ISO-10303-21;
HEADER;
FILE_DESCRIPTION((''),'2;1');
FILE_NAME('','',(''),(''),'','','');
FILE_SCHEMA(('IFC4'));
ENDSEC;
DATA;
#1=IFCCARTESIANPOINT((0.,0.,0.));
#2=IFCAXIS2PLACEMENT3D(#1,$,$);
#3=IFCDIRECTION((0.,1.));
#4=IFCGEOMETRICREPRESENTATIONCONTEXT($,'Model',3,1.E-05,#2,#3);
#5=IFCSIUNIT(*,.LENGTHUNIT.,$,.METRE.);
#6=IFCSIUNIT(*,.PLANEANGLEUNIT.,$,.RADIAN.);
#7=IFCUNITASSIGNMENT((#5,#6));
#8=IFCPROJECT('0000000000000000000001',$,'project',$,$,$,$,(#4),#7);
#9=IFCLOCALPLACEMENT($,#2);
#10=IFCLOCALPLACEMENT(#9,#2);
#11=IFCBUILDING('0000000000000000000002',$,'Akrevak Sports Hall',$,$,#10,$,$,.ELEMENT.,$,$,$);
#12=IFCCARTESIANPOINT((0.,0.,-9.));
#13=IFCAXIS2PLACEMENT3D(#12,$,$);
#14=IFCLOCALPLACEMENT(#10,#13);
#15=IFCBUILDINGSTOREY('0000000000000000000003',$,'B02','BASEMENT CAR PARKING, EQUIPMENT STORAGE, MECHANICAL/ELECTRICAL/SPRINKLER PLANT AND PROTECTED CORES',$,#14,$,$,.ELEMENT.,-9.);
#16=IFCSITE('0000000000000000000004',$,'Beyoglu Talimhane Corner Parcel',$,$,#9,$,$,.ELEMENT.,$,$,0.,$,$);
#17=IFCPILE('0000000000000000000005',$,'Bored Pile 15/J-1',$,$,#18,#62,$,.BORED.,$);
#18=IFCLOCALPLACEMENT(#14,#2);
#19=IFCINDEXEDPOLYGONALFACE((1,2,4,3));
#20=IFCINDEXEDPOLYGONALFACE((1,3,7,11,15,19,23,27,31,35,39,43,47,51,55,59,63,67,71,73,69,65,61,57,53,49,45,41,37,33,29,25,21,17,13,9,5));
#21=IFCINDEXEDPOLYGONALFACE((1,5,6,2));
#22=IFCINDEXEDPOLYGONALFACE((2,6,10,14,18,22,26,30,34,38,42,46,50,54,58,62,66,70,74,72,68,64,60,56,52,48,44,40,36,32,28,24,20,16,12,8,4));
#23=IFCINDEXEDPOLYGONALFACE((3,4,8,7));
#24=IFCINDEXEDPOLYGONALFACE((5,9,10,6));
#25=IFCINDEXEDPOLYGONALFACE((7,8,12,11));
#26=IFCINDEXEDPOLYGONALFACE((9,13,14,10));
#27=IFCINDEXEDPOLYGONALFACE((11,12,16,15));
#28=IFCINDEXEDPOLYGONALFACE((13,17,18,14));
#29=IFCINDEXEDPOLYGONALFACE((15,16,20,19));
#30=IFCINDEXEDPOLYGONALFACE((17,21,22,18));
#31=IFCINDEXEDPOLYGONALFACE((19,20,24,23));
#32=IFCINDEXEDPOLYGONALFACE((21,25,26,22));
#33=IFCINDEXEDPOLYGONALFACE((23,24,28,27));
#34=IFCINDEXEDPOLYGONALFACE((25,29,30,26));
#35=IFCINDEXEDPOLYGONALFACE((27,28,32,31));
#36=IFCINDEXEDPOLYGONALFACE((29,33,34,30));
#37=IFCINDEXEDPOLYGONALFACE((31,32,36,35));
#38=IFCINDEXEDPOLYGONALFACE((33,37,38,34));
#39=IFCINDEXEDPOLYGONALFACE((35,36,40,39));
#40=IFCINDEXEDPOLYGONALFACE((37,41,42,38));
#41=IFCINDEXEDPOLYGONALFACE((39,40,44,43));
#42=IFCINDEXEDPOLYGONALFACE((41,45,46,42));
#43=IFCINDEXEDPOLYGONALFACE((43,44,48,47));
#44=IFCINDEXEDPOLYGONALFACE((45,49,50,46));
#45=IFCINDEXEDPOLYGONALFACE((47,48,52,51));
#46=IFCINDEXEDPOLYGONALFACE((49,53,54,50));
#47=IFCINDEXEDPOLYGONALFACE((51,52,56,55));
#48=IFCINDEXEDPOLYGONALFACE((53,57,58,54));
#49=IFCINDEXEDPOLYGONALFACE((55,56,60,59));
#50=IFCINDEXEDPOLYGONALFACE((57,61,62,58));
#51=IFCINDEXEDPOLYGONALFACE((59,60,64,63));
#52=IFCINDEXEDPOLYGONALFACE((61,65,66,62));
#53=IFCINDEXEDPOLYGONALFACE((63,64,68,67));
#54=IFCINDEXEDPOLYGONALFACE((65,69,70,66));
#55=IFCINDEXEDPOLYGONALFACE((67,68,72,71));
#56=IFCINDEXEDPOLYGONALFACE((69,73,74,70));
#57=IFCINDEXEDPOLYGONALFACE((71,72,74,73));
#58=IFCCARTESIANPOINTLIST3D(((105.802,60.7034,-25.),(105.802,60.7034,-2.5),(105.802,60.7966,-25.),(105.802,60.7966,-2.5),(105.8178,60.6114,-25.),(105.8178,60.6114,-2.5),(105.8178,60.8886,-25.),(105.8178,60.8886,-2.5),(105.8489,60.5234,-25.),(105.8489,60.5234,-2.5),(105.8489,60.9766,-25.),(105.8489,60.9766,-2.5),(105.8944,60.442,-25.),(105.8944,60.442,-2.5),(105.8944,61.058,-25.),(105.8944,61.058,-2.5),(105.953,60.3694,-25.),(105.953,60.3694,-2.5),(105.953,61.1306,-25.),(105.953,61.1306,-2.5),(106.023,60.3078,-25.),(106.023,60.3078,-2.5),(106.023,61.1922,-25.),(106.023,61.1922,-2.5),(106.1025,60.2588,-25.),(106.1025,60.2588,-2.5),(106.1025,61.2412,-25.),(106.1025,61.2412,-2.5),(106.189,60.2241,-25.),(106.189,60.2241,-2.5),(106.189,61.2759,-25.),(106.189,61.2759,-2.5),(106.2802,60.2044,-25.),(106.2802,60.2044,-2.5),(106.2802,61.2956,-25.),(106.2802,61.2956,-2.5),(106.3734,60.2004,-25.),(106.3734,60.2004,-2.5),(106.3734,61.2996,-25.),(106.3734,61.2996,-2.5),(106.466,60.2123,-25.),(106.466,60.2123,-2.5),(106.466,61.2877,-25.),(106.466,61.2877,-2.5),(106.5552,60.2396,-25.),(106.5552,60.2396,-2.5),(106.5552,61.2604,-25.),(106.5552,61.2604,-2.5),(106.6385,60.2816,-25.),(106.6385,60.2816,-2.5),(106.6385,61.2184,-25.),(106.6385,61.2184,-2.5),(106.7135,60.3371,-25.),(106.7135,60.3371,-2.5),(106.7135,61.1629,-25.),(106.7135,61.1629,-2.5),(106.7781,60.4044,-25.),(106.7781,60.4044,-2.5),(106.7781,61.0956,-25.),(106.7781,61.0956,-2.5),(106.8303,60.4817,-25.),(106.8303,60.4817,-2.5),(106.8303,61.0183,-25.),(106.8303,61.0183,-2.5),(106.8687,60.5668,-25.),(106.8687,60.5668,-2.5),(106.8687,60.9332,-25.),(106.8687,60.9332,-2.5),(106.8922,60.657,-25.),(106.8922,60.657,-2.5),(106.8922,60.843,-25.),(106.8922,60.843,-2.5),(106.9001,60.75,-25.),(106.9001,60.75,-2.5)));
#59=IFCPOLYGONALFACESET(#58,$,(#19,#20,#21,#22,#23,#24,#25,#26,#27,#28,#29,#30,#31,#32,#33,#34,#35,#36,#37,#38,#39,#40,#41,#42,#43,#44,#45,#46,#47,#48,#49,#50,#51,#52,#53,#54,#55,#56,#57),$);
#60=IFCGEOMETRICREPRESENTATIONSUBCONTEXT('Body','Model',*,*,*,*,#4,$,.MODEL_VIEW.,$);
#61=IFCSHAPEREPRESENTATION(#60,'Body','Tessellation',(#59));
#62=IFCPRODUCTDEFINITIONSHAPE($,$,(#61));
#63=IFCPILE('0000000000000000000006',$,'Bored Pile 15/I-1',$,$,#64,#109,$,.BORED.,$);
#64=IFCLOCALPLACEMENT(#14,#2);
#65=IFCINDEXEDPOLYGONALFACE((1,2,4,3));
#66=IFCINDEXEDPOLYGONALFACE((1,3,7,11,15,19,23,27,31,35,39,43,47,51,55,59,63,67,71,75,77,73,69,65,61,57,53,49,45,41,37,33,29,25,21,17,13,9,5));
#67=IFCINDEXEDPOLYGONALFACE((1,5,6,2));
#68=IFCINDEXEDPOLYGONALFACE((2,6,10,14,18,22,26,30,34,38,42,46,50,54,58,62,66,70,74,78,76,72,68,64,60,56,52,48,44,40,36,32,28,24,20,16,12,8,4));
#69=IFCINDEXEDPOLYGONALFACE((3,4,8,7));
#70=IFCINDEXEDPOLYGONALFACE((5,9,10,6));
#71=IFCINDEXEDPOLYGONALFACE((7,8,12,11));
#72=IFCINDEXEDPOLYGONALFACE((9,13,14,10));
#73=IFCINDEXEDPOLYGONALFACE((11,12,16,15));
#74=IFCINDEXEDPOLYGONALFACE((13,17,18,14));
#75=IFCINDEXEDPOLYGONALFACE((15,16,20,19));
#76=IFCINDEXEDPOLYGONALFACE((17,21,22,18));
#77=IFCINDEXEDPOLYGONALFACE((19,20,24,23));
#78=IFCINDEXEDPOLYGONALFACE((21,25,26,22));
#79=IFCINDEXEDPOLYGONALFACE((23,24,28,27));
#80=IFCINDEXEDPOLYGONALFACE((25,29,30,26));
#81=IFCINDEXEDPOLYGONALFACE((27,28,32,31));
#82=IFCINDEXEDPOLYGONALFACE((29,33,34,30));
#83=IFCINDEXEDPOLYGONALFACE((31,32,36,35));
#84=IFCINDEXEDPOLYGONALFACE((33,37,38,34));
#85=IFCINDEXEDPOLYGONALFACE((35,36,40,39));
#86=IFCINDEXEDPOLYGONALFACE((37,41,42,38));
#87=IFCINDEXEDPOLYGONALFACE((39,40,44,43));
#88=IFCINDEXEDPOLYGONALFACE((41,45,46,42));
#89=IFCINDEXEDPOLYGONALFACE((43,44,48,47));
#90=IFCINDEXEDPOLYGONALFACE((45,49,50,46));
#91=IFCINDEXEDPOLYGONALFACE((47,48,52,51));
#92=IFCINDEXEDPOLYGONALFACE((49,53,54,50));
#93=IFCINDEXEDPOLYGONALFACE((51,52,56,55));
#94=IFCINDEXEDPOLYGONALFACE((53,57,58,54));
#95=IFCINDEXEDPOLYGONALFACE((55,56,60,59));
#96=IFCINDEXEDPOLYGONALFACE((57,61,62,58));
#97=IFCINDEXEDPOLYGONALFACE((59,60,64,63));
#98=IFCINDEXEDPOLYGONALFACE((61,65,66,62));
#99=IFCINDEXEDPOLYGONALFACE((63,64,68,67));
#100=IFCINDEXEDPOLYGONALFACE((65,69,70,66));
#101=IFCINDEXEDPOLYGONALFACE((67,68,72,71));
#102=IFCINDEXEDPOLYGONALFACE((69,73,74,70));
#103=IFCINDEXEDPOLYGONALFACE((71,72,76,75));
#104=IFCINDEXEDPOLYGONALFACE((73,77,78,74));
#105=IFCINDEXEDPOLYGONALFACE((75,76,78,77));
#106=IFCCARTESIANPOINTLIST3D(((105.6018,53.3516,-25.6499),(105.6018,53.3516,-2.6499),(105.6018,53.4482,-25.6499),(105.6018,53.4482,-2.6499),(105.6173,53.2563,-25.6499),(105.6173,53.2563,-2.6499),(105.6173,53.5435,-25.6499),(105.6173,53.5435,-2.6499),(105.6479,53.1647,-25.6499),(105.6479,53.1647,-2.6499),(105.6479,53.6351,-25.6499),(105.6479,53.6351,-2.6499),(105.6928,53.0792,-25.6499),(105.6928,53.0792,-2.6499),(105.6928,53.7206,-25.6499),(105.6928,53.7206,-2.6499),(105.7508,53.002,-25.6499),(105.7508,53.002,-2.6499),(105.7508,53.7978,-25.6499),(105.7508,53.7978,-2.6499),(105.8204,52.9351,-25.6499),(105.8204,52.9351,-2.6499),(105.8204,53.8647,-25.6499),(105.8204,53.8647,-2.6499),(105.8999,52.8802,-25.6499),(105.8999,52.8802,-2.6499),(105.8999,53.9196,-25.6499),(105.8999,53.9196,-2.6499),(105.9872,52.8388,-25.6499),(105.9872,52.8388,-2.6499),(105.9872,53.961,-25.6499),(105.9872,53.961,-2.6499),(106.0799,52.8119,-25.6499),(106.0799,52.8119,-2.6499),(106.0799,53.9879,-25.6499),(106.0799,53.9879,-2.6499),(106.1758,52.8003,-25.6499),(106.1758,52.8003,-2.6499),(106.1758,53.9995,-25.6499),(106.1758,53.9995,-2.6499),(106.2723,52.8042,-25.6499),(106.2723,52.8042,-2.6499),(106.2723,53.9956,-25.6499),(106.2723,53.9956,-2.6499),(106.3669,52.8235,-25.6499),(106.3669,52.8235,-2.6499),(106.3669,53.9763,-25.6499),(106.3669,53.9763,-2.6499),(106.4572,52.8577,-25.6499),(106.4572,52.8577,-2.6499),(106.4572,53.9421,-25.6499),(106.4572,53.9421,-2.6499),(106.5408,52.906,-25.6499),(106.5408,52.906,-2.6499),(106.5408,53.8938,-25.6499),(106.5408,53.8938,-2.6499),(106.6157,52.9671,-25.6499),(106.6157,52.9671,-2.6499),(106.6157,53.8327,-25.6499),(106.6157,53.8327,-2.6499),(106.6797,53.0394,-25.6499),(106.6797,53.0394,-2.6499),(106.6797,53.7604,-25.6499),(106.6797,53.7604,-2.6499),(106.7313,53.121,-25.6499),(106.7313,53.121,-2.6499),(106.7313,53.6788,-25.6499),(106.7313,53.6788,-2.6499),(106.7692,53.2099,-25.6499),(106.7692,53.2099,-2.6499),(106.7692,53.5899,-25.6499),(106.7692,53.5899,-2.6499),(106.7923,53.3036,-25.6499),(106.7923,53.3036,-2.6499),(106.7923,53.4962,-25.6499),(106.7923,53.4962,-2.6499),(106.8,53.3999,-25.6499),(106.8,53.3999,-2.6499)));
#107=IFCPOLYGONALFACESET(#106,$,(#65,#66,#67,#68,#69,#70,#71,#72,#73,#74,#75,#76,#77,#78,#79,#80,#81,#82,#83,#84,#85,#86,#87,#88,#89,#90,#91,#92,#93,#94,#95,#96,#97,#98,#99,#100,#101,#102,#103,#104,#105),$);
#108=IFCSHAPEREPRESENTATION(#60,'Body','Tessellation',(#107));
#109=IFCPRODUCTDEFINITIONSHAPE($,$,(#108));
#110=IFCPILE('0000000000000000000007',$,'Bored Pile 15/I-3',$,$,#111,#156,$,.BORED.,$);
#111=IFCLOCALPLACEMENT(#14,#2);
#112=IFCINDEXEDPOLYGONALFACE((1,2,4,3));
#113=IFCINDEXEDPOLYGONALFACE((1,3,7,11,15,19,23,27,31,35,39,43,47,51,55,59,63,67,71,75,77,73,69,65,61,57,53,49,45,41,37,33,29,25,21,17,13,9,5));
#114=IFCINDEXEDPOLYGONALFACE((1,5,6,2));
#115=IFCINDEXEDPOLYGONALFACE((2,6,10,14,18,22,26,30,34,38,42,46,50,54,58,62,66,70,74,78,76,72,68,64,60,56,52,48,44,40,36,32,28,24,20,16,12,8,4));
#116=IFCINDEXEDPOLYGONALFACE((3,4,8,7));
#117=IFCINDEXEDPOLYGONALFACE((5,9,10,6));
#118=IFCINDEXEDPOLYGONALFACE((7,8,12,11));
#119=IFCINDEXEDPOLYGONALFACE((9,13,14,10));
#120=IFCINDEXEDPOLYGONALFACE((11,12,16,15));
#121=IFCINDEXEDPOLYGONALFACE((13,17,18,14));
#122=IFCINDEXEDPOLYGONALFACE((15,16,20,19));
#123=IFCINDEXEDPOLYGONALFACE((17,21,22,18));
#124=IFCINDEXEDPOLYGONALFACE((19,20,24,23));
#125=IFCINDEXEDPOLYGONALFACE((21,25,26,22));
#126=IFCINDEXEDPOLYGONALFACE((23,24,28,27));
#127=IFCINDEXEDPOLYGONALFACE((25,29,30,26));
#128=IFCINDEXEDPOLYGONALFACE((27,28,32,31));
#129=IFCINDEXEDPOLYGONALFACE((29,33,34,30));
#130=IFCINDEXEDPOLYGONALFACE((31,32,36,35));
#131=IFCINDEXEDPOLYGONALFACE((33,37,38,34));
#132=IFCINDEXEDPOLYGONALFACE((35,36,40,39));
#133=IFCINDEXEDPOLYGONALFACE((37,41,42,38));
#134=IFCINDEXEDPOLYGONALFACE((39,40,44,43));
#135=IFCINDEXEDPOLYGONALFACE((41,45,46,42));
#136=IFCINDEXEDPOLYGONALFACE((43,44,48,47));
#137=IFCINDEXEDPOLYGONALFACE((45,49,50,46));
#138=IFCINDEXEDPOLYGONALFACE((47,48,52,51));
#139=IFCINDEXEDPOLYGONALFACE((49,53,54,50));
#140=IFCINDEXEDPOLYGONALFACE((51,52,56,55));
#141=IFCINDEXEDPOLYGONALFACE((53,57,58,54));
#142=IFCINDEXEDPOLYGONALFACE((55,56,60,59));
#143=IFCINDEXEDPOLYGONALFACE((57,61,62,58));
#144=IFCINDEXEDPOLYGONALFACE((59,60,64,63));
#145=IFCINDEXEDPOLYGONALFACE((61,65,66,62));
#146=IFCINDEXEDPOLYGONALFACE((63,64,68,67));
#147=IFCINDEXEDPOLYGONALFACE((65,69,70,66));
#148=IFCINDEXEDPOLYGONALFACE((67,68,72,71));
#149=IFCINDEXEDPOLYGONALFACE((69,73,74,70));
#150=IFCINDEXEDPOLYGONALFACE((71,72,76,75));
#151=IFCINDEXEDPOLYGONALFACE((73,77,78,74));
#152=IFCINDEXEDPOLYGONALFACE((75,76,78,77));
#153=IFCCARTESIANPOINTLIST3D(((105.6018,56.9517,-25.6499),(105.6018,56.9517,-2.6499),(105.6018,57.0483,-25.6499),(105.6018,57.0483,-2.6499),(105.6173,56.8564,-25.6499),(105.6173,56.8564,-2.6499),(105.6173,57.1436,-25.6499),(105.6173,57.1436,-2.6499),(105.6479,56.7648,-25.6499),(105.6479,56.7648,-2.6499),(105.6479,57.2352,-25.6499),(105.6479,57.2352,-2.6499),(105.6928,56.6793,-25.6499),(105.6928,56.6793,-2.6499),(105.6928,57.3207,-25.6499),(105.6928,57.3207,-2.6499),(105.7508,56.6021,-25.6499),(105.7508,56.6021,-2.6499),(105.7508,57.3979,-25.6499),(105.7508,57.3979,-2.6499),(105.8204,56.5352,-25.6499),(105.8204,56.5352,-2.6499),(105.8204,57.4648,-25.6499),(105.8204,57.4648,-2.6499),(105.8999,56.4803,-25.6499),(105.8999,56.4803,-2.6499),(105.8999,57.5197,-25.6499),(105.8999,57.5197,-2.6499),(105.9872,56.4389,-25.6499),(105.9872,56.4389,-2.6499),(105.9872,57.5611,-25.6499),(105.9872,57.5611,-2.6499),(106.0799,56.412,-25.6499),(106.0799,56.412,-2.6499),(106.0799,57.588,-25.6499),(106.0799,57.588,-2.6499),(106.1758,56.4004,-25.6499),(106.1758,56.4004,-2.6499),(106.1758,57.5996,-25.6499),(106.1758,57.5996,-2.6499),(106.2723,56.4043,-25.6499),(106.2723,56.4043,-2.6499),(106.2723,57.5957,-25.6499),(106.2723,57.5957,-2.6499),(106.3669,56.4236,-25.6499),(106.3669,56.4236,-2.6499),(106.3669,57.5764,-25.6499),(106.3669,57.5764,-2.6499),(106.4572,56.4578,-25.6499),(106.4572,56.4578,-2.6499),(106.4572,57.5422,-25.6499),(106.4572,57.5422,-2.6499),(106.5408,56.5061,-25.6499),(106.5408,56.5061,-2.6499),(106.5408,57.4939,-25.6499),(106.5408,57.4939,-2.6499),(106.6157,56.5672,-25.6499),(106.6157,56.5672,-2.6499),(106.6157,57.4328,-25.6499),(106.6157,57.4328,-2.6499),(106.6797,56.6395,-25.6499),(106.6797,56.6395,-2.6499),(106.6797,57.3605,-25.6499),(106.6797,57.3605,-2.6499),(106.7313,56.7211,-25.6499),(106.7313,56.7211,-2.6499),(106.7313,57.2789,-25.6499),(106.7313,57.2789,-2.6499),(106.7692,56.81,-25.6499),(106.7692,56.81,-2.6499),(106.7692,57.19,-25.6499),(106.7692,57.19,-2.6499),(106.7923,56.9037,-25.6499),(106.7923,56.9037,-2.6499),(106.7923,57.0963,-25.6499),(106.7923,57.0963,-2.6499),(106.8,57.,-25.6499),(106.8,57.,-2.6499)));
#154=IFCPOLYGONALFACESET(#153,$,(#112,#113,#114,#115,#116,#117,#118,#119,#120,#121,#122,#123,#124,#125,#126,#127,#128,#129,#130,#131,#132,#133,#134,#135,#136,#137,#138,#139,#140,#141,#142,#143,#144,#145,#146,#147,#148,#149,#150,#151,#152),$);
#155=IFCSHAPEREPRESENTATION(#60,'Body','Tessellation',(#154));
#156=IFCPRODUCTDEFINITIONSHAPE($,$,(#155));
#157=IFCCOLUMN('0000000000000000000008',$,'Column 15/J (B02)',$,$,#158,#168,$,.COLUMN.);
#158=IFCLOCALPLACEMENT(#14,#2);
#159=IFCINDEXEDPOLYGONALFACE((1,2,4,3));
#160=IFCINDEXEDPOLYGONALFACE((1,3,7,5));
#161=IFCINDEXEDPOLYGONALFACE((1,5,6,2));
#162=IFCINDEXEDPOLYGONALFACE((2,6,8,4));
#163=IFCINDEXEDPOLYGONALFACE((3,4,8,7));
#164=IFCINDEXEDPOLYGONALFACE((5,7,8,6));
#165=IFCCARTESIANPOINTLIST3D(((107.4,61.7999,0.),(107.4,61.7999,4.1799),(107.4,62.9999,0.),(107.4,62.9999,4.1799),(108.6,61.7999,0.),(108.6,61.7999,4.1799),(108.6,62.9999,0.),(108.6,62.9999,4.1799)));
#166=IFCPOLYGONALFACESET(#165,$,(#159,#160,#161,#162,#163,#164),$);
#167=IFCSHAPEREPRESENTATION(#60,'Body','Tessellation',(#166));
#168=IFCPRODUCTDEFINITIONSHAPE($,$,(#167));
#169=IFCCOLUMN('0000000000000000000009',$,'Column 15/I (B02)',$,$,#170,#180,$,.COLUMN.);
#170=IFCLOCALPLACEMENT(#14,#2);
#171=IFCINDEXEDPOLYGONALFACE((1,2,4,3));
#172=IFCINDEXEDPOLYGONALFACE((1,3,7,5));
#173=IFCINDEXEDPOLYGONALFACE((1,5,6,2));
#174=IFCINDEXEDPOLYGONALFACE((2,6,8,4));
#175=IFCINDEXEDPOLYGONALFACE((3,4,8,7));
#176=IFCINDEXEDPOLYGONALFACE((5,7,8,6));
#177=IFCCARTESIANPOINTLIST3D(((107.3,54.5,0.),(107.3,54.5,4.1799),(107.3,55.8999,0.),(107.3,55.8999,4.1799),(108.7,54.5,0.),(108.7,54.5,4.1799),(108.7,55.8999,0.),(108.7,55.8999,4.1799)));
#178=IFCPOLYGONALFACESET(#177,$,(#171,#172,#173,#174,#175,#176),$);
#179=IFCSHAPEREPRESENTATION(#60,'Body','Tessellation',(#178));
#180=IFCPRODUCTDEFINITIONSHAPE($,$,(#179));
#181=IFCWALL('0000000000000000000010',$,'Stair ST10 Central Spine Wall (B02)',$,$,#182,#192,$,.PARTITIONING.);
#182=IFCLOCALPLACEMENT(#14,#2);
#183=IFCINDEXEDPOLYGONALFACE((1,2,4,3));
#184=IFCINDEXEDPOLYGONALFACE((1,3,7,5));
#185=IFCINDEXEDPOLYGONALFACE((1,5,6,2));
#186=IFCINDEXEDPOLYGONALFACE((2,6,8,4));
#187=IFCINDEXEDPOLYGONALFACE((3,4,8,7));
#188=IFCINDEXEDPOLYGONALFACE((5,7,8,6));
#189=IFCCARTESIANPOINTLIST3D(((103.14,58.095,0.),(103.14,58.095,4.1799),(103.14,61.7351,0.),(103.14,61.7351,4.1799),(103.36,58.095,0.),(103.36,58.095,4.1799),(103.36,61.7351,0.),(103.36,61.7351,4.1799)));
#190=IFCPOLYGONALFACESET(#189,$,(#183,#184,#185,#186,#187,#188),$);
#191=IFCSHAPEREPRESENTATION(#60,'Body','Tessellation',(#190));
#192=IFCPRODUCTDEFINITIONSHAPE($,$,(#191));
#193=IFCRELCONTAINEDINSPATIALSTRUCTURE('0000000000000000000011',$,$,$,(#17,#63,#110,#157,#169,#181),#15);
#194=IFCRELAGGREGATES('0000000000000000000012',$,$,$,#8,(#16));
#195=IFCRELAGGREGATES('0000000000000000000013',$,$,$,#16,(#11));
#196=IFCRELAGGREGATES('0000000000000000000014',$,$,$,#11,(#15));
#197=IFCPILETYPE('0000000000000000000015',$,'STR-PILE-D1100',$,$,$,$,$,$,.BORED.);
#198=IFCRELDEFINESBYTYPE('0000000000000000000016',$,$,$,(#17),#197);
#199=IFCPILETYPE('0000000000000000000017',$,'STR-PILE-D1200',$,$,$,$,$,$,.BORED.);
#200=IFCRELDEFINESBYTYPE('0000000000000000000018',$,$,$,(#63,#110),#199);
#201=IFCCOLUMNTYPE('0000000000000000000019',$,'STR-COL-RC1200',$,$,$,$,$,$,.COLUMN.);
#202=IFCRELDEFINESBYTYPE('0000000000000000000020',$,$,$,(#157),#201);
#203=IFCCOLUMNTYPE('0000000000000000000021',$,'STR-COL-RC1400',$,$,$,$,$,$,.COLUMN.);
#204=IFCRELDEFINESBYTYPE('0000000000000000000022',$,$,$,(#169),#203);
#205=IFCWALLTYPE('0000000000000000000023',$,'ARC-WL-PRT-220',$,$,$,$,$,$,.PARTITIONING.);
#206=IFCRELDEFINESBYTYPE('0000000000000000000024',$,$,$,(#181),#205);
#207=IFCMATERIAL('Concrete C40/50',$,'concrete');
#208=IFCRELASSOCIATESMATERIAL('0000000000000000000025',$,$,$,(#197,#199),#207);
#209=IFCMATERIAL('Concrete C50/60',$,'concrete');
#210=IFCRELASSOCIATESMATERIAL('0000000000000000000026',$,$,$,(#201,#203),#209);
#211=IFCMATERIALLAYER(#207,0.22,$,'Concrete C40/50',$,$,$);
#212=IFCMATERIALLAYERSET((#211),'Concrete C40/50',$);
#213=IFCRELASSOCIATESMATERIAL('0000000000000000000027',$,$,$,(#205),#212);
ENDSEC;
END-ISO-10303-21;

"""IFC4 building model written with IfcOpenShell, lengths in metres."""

from ifc_helpers import new_model, si_unit, direction, frame, frame_2d, origin, origin_2d, place, context, subcontext, project, spatial, rectangle, circle, extrude, material, layer, layer_set, material_profile, profile_set, type_object, element, save


model = new_model("IFC4")

# Units and contexts
model_context = context("Model", 3, precision=1e-05, world=origin(), true_north=direction((0.0, 1.0)))
body_context = subcontext(model_context, "Body", "Model", "MODEL_VIEW")
ifc_project = project(units=[si_unit("LENGTHUNIT", "METRE"), si_unit("PLANEANGLEUNIT", "RADIAN")], contexts=[model_context])

# Site, building, storey
site_placement = place(None, origin())
site = spatial("IfcSite", under=ifc_project, at=site_placement, Name="Beyoglu Talimhane Corner Parcel", CompositionType="ELEMENT", RefElevation=0.0)
building_placement = place(site_placement, origin())
building = spatial("IfcBuilding", under=site, at=building_placement, Name="Akrevak Sports Hall", CompositionType="ELEMENT")
storey_placement = place(building_placement, frame((0.0, 0.0, -9.0)))
storey = spatial("IfcBuildingStorey", under=building, at=storey_placement, Name="B02", Description="BASEMENT CAR PARKING, EQUIPMENT STORAGE, MECHANICAL/ELECTRICAL/SPRINKLER PLANT AND PROTECTED CORES", CompositionType="ELEMENT", Elevation=-9.0)

# Shared definitions
ifc_material_1 = material(Name="Concrete C40/50", Category="concrete")

# Piles
ifc_material_profile_1 = material_profile(ifc_material_1, circle(Radius=0.55, at=origin_2d()), Name="BORED PILE D1100", Category="concrete")
ifc_profile_set_1 = profile_set([ifc_material_profile_1], Name="Concrete C40/50")
pile_type_1 = type_object("IfcPileType", Name="STR-PILE-D1100", PredefinedType="BORED", material=ifc_profile_set_1)
for number, where, z_axis, x_axis, name in (
    (1, (106.3501, 60.75, -2.5), (0.0, 0.0, -1.0), (1.0, 0.0, 0.0), "Bored Pile 15/J-1"),
):
    element("IfcPile", number, at=place(storey_placement, frame(where, z_axis=z_axis, x_axis=x_axis)), inside=storey, type_object=pile_type_1, Name=name, PredefinedType="BORED", context=body_context, shape_type="SweptSolid", body=[
        extrude(circle(Radius=0.55, at=origin_2d()), origin(), (0.0, 0.0, 1.0), 22.5),
    ])
ifc_material_profile_2 = material_profile(ifc_material_1, circle(Radius=0.6001, at=origin_2d()), Name="BORED PILE D1200", Category="concrete")
ifc_profile_set_2 = profile_set([ifc_material_profile_2], Name="Concrete C40/50")
pile_type_2 = type_object("IfcPileType", Name="STR-PILE-D1200", PredefinedType="BORED", material=ifc_profile_set_2)
for number, where, z_axis, x_axis, name in (
    (2, (106.2, 53.3999, -2.6499), (0.0, 0.0, -1.0), (1.0, 0.0, 0.0), "Bored Pile 15/I-1"),
    (3, (106.2, 57.0, -2.6499), (0.0, 0.0, -1.0), (1.0, 0.0, 0.0), "Bored Pile 15/I-3"),
):
    element("IfcPile", number, at=place(storey_placement, frame(where, z_axis=z_axis, x_axis=x_axis)), inside=storey, type_object=pile_type_2, Name=name, PredefinedType="BORED", context=body_context, shape_type="SweptSolid", body=[
        extrude(circle(Radius=0.6001, at=origin_2d()), origin(), (0.0, 0.0, 1.0), 23.0),
    ])

# Columns
ifc_material_2 = material(Name="Concrete C50/60", Category="concrete")
ifc_material_profile_3 = material_profile(ifc_material_2, rectangle(XDim=1.2, YDim=1.2, at=origin_2d()), Name="RC 1200x1200", Category="concrete")
ifc_profile_set_3 = profile_set([ifc_material_profile_3], Name="Concrete C50/60")
column_type_1 = type_object("IfcColumnType", Name="STR-COL-RC1200", PredefinedType="COLUMN", material=ifc_profile_set_3)
column_1_placement = place(storey_placement, frame((108.0, 62.3999, 0.0), z_axis=(0.0, 0.0, 1.0), x_axis=(1.0, 0.0, 0.0)))
element("IfcColumn", 4, at=column_1_placement, inside=storey, type_object=column_type_1, Name="Column 15/J (B02)", PredefinedType="COLUMN", context=body_context, shape_type="SweptSolid", body=[
    extrude(rectangle(XDim=1.2, YDim=1.2, at=origin_2d()), origin(), (0.0, 0.0, 1.0), 4.1799),
])
ifc_material_profile_4 = material_profile(ifc_material_2, rectangle(XDim=1.3999, YDim=1.3999, at=origin_2d()), Name="RC 1400x1400", Category="concrete")
ifc_profile_set_4 = profile_set([ifc_material_profile_4], Name="Concrete C50/60")
column_type_2 = type_object("IfcColumnType", Name="STR-COL-RC1400", PredefinedType="COLUMN", material=ifc_profile_set_4)
column_2_placement = place(storey_placement, frame((108.0, 55.2, 0.0), z_axis=(0.0, 0.0, 1.0), x_axis=(1.0, 0.0, 0.0)))
element("IfcColumn", 5, at=column_2_placement, inside=storey, type_object=column_type_2, Name="Column 15/I (B02)", PredefinedType="COLUMN", context=body_context, shape_type="SweptSolid", body=[
    extrude(rectangle(XDim=1.3999, YDim=1.3999, at=origin_2d()), origin(), (0.0, 0.0, 1.0), 4.1799),
])

# Wall
ifc_layer_1 = layer(ifc_material_1, 0.22, Name="Concrete C40/50")
ifc_layer_set_1 = layer_set([ifc_layer_1], Name="Concrete C40/50")
wall_type_1 = type_object("IfcWallType", Name="ARC-WL-PRT-220", PredefinedType="PARTITIONING", material=ifc_layer_set_1)
wall_1_placement = place(storey_placement, frame((103.25, 58.095, 0.0), z_axis=(0.0, 0.0, 1.0), x_axis=(0.0, 1.0, 0.0)))
element("IfcWall", 6, at=wall_1_placement, inside=storey, type_object=wall_type_1, Name="Stair ST10 Central Spine Wall (B02)", PredefinedType="PARTITIONING", context=body_context, shape_type="SweptSolid", body=[
    extrude(rectangle(XDim=3.6401, YDim=0.22, at=frame_2d((1.8201, 0.0))), origin(), (0.0, 0.0, 1.0), 4.1799),
])

save(model, "model.ifc")
